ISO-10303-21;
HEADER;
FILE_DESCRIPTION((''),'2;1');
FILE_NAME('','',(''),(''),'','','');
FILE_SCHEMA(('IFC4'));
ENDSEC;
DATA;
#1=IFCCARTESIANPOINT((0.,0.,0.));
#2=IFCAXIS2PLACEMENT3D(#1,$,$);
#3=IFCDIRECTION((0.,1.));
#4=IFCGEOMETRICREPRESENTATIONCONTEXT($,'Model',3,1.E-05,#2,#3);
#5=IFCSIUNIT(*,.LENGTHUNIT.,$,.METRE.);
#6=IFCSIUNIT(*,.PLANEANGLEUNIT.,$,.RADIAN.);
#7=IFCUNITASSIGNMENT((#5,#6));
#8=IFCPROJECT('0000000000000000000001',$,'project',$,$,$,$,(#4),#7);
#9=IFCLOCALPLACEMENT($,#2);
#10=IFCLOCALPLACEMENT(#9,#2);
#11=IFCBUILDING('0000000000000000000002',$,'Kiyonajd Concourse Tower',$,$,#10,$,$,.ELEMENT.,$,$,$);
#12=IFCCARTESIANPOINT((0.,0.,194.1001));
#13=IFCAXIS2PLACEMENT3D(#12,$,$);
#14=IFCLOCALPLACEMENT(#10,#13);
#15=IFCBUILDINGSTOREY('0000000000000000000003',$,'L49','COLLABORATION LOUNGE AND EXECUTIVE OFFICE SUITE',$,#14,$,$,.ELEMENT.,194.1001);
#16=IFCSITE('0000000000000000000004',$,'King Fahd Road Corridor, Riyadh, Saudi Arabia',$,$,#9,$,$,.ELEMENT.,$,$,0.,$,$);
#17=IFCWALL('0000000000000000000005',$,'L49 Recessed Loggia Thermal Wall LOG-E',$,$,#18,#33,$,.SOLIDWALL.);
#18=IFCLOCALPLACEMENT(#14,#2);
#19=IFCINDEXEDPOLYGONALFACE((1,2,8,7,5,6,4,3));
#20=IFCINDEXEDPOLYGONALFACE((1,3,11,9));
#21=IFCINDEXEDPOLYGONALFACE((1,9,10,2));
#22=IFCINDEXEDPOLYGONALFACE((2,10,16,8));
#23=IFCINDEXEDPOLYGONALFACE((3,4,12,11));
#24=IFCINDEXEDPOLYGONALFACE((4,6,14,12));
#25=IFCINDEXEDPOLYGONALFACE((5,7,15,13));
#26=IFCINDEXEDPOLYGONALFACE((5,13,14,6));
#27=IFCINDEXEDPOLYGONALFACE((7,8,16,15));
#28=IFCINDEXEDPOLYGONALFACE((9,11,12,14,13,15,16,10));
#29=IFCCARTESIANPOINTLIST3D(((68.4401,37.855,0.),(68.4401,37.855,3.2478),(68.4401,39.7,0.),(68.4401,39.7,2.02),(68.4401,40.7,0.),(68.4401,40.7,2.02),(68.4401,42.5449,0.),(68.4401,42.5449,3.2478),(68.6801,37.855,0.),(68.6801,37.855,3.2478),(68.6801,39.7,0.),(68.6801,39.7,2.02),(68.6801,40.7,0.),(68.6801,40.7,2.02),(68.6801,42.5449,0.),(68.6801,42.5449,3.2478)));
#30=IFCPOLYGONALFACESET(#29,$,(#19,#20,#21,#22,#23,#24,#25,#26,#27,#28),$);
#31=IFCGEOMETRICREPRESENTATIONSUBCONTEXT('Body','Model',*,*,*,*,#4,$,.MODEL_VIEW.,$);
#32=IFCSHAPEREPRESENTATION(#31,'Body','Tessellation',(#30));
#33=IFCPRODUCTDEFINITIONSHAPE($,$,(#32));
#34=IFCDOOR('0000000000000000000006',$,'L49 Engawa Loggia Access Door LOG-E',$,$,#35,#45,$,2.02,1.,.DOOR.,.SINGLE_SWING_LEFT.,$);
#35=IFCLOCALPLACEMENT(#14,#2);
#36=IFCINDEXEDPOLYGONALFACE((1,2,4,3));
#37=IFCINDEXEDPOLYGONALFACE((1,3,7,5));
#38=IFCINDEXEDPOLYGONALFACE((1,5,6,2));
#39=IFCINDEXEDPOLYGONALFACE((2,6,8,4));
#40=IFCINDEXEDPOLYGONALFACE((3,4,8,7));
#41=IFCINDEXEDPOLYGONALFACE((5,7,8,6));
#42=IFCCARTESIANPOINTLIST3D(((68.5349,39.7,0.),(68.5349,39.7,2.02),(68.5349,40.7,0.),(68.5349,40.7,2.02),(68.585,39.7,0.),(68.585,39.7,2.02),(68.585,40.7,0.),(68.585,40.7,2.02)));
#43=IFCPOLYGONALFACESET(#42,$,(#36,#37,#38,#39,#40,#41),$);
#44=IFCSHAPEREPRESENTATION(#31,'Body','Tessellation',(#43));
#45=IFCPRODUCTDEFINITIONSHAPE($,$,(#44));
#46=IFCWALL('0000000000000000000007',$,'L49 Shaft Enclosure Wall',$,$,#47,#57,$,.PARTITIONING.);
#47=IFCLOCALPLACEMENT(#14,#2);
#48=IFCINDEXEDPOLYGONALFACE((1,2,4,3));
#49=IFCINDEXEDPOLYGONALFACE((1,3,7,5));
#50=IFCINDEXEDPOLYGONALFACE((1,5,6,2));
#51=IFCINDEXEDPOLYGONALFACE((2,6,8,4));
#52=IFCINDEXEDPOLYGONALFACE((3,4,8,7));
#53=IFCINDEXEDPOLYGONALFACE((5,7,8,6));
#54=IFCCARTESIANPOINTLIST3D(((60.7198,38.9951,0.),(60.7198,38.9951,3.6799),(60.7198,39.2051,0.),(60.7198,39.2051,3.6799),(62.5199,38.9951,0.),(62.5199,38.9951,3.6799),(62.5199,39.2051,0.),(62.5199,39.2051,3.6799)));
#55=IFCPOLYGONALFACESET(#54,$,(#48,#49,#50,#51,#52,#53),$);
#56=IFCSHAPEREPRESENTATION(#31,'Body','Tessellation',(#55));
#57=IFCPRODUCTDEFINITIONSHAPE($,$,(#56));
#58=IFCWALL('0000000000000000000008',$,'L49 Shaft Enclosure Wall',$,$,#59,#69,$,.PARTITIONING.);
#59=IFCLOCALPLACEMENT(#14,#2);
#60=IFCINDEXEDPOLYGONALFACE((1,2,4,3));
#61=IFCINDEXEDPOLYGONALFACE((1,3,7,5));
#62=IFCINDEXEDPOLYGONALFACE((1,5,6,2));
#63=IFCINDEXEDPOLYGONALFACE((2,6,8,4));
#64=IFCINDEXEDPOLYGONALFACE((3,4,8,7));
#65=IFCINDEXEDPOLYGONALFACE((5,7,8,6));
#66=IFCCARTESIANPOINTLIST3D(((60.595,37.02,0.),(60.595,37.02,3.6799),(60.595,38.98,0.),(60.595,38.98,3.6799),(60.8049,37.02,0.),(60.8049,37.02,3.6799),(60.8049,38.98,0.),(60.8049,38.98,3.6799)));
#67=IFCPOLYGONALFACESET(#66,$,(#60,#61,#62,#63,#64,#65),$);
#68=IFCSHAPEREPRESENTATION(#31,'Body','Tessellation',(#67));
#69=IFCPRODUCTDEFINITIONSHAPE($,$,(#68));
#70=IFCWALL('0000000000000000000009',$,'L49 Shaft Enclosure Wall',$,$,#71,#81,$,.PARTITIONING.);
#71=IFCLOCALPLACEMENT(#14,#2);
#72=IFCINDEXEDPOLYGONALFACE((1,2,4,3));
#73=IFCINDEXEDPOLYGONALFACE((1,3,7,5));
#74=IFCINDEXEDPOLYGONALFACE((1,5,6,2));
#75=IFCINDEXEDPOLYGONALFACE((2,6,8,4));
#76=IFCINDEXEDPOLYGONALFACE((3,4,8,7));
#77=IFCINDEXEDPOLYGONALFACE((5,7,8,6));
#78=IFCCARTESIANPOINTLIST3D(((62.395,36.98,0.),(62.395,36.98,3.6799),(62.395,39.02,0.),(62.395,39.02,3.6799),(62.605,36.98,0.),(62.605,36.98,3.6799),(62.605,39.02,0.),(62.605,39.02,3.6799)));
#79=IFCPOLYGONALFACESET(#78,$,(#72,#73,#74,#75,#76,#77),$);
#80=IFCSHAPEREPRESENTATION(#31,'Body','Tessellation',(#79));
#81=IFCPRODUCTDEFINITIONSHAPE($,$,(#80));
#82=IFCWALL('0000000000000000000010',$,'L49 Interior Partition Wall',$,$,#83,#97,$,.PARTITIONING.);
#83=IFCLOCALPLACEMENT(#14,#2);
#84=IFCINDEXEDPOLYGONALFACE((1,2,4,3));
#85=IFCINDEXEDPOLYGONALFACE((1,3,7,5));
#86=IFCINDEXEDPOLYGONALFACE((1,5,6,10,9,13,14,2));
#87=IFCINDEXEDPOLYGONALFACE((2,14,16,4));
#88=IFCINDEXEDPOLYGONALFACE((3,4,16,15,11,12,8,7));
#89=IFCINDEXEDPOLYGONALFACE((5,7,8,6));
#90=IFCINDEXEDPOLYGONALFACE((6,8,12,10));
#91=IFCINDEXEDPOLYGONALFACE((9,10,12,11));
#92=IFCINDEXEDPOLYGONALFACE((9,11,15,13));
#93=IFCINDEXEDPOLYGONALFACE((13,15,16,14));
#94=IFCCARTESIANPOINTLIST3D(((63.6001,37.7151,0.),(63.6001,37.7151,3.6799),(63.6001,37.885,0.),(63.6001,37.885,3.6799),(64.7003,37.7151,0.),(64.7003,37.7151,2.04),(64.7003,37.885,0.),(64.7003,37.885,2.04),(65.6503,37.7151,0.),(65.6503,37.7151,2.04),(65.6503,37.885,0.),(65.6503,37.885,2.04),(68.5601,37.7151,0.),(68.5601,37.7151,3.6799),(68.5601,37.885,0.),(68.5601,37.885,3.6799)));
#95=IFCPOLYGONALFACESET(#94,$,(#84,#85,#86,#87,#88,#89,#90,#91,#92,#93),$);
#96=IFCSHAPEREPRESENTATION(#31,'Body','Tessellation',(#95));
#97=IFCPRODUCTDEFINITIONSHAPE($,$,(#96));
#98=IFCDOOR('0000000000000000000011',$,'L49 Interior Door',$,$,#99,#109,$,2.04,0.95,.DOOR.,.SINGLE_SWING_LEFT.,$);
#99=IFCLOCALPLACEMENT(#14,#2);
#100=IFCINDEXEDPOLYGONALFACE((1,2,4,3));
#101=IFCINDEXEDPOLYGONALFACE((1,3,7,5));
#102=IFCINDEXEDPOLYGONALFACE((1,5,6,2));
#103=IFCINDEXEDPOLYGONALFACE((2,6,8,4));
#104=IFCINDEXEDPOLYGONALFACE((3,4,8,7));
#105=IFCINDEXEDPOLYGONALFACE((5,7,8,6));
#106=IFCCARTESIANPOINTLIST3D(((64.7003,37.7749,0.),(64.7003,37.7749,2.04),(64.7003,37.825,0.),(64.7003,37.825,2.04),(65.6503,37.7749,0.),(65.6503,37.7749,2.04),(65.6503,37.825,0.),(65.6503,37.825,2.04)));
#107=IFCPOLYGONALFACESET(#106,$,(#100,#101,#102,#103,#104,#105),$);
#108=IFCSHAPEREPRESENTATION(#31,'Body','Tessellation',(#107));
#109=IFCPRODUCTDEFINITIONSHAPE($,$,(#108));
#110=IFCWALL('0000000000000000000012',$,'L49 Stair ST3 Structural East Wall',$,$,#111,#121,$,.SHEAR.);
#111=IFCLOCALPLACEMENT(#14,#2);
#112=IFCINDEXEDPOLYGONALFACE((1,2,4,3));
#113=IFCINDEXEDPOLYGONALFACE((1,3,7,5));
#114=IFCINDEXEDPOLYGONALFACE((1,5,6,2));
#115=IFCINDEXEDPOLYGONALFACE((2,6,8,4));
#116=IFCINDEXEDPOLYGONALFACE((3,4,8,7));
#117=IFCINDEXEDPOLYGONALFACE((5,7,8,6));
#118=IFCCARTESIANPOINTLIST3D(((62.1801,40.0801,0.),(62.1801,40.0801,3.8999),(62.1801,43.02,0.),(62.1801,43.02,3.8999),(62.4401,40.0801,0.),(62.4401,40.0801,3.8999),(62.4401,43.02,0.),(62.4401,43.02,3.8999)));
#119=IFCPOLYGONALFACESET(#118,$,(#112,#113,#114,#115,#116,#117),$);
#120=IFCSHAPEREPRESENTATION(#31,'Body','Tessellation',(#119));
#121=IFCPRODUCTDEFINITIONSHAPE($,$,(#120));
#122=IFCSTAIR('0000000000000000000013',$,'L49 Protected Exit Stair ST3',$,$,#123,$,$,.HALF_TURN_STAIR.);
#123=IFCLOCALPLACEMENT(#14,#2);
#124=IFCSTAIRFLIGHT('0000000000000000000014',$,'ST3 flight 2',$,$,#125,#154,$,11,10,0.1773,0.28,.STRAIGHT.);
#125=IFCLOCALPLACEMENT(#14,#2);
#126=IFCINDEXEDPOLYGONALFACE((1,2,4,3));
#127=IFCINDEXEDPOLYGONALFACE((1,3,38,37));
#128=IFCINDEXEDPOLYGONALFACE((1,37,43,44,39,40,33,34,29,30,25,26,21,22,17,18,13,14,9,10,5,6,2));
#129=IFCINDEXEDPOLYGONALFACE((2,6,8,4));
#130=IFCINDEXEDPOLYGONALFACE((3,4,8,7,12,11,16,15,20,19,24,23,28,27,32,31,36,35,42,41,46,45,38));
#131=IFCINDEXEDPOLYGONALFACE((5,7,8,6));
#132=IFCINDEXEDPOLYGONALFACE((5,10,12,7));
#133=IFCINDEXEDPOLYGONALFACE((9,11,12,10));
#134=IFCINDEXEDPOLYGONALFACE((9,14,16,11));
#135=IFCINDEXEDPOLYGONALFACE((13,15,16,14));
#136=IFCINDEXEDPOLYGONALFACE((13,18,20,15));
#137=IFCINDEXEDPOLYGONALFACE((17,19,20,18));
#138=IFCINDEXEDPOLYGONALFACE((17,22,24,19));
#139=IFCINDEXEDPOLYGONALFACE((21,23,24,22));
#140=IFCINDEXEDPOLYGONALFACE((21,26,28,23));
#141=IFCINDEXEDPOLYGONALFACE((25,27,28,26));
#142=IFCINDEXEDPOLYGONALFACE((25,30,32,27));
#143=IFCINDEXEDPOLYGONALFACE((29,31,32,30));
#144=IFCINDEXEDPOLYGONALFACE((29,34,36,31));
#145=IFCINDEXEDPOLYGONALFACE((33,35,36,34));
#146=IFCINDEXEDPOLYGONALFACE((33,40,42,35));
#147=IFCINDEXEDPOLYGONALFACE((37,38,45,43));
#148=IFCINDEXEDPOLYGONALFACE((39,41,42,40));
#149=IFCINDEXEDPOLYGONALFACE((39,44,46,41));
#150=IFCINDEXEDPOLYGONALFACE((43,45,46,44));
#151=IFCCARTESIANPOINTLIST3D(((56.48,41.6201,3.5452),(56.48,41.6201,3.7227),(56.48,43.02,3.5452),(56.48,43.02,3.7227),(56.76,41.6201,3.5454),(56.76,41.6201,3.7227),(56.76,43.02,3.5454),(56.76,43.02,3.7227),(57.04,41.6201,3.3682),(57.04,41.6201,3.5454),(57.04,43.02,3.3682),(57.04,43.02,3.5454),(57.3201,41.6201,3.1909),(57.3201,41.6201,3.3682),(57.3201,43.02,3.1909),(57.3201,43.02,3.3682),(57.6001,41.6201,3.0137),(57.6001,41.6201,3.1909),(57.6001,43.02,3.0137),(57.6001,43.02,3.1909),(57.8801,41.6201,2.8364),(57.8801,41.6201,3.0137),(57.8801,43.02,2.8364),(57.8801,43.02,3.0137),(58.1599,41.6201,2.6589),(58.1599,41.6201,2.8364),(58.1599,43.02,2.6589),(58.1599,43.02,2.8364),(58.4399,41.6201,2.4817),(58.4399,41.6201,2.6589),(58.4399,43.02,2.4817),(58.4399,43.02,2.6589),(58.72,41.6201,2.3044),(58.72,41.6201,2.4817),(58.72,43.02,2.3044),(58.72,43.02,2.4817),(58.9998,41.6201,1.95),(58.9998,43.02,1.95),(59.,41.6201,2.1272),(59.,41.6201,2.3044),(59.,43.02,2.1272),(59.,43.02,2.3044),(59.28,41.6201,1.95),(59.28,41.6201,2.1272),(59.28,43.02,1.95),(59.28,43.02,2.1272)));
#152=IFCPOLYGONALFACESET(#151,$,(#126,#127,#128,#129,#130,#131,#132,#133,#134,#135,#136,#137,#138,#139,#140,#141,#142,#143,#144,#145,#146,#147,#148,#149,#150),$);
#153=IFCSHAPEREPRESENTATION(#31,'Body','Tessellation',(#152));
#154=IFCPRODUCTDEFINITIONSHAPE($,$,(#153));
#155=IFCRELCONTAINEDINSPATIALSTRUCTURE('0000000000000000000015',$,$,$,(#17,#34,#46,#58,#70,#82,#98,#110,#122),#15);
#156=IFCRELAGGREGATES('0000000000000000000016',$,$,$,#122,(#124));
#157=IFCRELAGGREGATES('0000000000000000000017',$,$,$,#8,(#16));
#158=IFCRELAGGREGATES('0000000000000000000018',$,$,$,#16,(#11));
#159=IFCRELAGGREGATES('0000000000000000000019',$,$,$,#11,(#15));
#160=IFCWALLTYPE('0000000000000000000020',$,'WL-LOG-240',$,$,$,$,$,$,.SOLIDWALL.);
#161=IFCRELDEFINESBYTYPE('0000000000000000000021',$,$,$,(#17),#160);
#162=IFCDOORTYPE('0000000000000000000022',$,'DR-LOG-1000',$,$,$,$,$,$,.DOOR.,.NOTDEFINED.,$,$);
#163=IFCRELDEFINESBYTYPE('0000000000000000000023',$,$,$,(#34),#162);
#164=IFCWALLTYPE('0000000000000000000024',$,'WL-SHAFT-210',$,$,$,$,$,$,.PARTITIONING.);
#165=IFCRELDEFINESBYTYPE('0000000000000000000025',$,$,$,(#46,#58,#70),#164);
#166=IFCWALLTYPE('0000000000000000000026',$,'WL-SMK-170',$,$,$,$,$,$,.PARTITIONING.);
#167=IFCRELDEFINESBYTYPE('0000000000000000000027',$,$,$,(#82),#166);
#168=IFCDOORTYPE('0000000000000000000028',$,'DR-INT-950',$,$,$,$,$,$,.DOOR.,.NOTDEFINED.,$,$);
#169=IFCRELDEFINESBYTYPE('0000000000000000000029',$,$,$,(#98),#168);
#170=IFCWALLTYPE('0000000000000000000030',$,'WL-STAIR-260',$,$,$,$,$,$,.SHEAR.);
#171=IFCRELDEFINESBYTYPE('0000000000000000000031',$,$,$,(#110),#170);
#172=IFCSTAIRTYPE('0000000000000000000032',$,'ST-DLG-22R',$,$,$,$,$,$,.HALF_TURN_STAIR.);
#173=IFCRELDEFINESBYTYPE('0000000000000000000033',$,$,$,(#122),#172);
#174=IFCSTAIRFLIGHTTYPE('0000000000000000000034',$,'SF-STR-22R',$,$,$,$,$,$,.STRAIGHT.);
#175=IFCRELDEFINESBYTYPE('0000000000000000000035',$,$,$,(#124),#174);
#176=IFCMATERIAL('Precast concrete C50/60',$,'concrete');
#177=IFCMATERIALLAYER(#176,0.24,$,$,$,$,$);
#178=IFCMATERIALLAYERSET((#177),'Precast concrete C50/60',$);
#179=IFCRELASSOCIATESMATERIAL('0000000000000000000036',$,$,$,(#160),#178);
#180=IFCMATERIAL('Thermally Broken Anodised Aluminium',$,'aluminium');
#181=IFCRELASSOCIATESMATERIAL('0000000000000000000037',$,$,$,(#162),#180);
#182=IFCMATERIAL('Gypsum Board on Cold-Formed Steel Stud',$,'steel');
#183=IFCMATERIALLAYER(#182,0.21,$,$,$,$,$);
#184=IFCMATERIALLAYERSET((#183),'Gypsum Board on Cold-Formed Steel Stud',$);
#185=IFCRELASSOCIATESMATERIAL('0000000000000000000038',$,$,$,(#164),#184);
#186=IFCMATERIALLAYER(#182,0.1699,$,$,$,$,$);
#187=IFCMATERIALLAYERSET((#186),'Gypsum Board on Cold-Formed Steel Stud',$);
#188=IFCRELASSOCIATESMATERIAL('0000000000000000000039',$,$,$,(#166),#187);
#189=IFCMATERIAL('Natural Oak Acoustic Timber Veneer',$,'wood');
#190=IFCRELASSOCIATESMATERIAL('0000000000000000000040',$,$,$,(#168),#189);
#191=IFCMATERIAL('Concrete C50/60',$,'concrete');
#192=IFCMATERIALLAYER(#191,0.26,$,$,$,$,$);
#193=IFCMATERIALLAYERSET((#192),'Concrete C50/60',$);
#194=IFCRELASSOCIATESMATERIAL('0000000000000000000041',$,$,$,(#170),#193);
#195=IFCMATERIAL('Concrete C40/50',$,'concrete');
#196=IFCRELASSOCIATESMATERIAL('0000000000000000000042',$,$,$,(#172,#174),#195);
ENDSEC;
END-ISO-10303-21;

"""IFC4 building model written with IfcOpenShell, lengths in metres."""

from ifc_helpers import new_model, si_unit, direction, frame, frame_2d, origin, place, context, subcontext, project, spatial, polyline, rectangle, outline, extrude, material, layer, layer_set, type_object, element, fill, aggregate, save


model = new_model("IFC4")

# Units and contexts
model_context = context("Model", 3, precision=1e-05, world=origin(), true_north=direction((0.0, 1.0)))
body_context = subcontext(model_context, "Body", "Model", "MODEL_VIEW")
ifc_project = project(units=[si_unit("LENGTHUNIT", "METRE"), si_unit("PLANEANGLEUNIT", "RADIAN")], contexts=[model_context])

# Site, building, storey
site_placement = place(None, origin())
site = spatial("IfcSite", under=ifc_project, at=site_placement, Name="King Fahd Road Corridor, Riyadh, Saudi Arabia", CompositionType="ELEMENT", RefElevation=0.0)
building_placement = place(site_placement, origin())
building = spatial("IfcBuilding", under=site, at=building_placement, Name="Kiyonajd Concourse Tower", CompositionType="ELEMENT")
storey_placement = place(building_placement, frame((0.0, 0.0, 194.1001)))
storey = spatial("IfcBuildingStorey", under=building, at=storey_placement, Name="L49", Description="COLLABORATION LOUNGE AND EXECUTIVE OFFICE SUITE", CompositionType="ELEMENT", Elevation=194.1001)

# Shared definitions
ifc_material_1 = material(Name="Thermally Broken Anodised Aluminium", Category="aluminium")

# Shared definitions
ifc_material_2 = material(Name="Precast concrete C50/60", Category="concrete")

# Wall, opening, door
ifc_layer_1 = layer(ifc_material_2, 0.24)
ifc_layer_set_1 = layer_set([ifc_layer_1], Name="Precast concrete C50/60")
wall_type_1 = type_object("IfcWallType", Name="WL-LOG-240", PredefinedType="SOLIDWALL", material=ifc_layer_set_1)
wall_1_placement = place(storey_placement, frame((68.5601, 42.5449, 0.0), z_axis=(0.0, 0.0, 1.0), x_axis=(0.0, -1.0, 0.0)))
wall_1 = element("IfcWall", 1, at=wall_1_placement, inside=storey, type_object=wall_type_1, Name="L49 Recessed Loggia Thermal Wall LOG-E", PredefinedType="SOLIDWALL", context=body_context, shape_type="SweptSolid", body=[
    extrude(rectangle(XDim=4.6899, YDim=0.24, at=frame_2d((2.345, 0.0))), origin(), (0.0, 0.0, 1.0), 3.2478),
])
opening_1_placement = place(wall_1_placement, frame((1.845, 0.0, 0.0)))
opening_1 = element("IfcOpeningElement", 2, at=opening_1_placement, cuts=wall_1, PredefinedType="OPENING", context=body_context, shape_type="SweptSolid", body=[
    extrude(rectangle(XDim=1.0, YDim=2.02, at=frame_2d((0.5, 1.01))), frame((0.0, 0.1299, 0.0), z_axis=(0.0, -1.0, 0.0), x_axis=(1.0, 0.0, 0.0)), (0.0, 0.0, 1.0), 0.26),
])
door_type_1 = type_object("IfcDoorType", Name="DR-LOG-1000", OperationType="NOTDEFINED", PredefinedType="DOOR", material=ifc_material_1)
door_1_placement = place(opening_1_placement, origin())
door_1 = element("IfcDoor", 3, at=door_1_placement, inside=storey, type_object=door_type_1, Name="L49 Engawa Loggia Access Door LOG-E", OperationType="SINGLE_SWING_LEFT", OverallHeight=2.02, OverallWidth=1.0, PredefinedType="DOOR", context=body_context, shape_type="SweptSolid", body=[
    extrude(rectangle(XDim=1.0, YDim=2.02, at=frame_2d((0.5, 1.01))), frame((0.0, 0.0249, 0.0), z_axis=(0.0, -1.0, 0.0), x_axis=(1.0, 0.0, 0.0)), (0.0, 0.0, 1.0), 0.05),
])
fill(opening_1, door_1)

# Walls
ifc_material_3 = material(Name="Gypsum Board on Cold-Formed Steel Stud", Category="steel")
ifc_layer_2 = layer(ifc_material_3, 0.21)
ifc_layer_set_2 = layer_set([ifc_layer_2], Name="Gypsum Board on Cold-Formed Steel Stud")
wall_type_2 = type_object("IfcWallType", Name="WL-SHAFT-210", PredefinedType="PARTITIONING", material=ifc_layer_set_2)
wall_2_placement = place(storey_placement, frame((60.72, 39.1001, 0.0), z_axis=(0.0, 0.0, 1.0), x_axis=(1.0, 0.0, 0.0)))
element("IfcWall", 4, at=wall_2_placement, inside=storey, type_object=wall_type_2, Name="L49 Shaft Enclosure Wall", PredefinedType="PARTITIONING", context=body_context, shape_type="SweptSolid", body=[
    extrude(rectangle(XDim=1.8, YDim=0.21, at=frame_2d((0.8999, 0.0))), origin(), (0.0, 0.0, 1.0), 3.6799),
])
wall_3_placement = place(storey_placement, frame((60.7, 37.02, 0.0), z_axis=(0.0, 0.0, 1.0), x_axis=(0.0, 1.0, 0.0)))
element("IfcWall", 5, at=wall_3_placement, inside=storey, type_object=wall_type_2, Name="L49 Shaft Enclosure Wall", PredefinedType="PARTITIONING", context=body_context, shape_type="SweptSolid", body=[
    extrude(rectangle(XDim=1.96, YDim=0.21, at=frame_2d((0.98, 0.0))), origin(), (0.0, 0.0, 1.0), 3.6799),
])
wall_4_placement = place(storey_placement, frame((62.5, 36.98, 0.0), z_axis=(0.0, 0.0, 1.0), x_axis=(0.0, 1.0, 0.0)))
element("IfcWall", 6, at=wall_4_placement, inside=storey, type_object=wall_type_2, Name="L49 Shaft Enclosure Wall", PredefinedType="PARTITIONING", context=body_context, shape_type="SweptSolid", body=[
    extrude(rectangle(XDim=2.04, YDim=0.21, at=frame_2d((1.02, 0.0))), origin(), (0.0, 0.0, 1.0), 3.6799),
])

# Wall, opening, door
ifc_layer_3 = layer(ifc_material_3, 0.1699)
ifc_layer_set_3 = layer_set([ifc_layer_3], Name="Gypsum Board on Cold-Formed Steel Stud")
wall_type_3 = type_object("IfcWallType", Name="WL-SMK-170", PredefinedType="PARTITIONING", material=ifc_layer_set_3)
wall_5_placement = place(storey_placement, frame((63.6001, 37.8, 0.0), z_axis=(0.0, 0.0, 1.0), x_axis=(1.0, 0.0, 0.0)))
wall_5 = element("IfcWall", 7, at=wall_5_placement, inside=storey, type_object=wall_type_3, Name="L49 Interior Partition Wall", PredefinedType="PARTITIONING", context=body_context, shape_type="SweptSolid", body=[
    extrude(rectangle(XDim=4.96, YDim=0.1699, at=frame_2d((2.48, 0.0))), origin(), (0.0, 0.0, 1.0), 3.6799),
])
opening_2_placement = place(wall_5_placement, frame((1.1001, 0.0, 0.0)))
opening_2 = element("IfcOpeningElement", 8, at=opening_2_placement, cuts=wall_5, PredefinedType="OPENING", context=body_context, shape_type="SweptSolid", body=[
    extrude(rectangle(XDim=0.95, YDim=2.04, at=frame_2d((0.4751, 1.02))), frame((0.0, 0.095, 0.0), z_axis=(0.0, -1.0, 0.0), x_axis=(1.0, 0.0, 0.0)), (0.0, 0.0, 1.0), 0.1899),
])
ifc_material_4 = material(Name="Natural Oak Acoustic Timber Veneer", Category="wood")
door_type_2 = type_object("IfcDoorType", Name="DR-INT-950", OperationType="NOTDEFINED", PredefinedType="DOOR", material=ifc_material_4)
door_2_placement = place(opening_2_placement, origin())
door_2 = element("IfcDoor", 9, at=door_2_placement, inside=storey, type_object=door_type_2, Name="L49 Interior Door", OperationType="SINGLE_SWING_LEFT", OverallHeight=2.04, OverallWidth=0.95, PredefinedType="DOOR", context=body_context, shape_type="SweptSolid", body=[
    extrude(rectangle(XDim=0.95, YDim=2.04, at=frame_2d((0.4751, 1.02))), frame((0.0, 0.0249, 0.0), z_axis=(0.0, -1.0, 0.0), x_axis=(1.0, 0.0, 0.0)), (0.0, 0.0, 1.0), 0.05),
])
fill(opening_2, door_2)

# Wall
ifc_material_5 = material(Name="Concrete C50/60", Category="concrete")
ifc_layer_4 = layer(ifc_material_5, 0.26)
ifc_layer_set_4 = layer_set([ifc_layer_4], Name="Concrete C50/60")
wall_type_4 = type_object("IfcWallType", Name="WL-STAIR-260", PredefinedType="SHEAR", material=ifc_layer_set_4)
wall_6_placement = place(storey_placement, frame((62.3101, 40.0801, 0.0), z_axis=(0.0, 0.0, 1.0), x_axis=(0.0, 1.0, 0.0)))
element("IfcWall", 10, at=wall_6_placement, inside=storey, type_object=wall_type_4, Name="L49 Stair ST3 Structural East Wall", PredefinedType="SHEAR", context=body_context, shape_type="SweptSolid", body=[
    extrude(rectangle(XDim=2.9399, YDim=0.26, at=frame_2d((1.47, 0.0))), origin(), (0.0, 0.0, 1.0), 3.8999),
])

# Stair, stair flight
ifc_material_6 = material(Name="Concrete C40/50", Category="concrete")
stair_type = type_object("IfcStairType", Name="ST-DLG-22R", PredefinedType="HALF_TURN_STAIR", material=ifc_material_6)
stair_placement = place(storey_placement, origin())
stair = element("IfcStair", 11, at=stair_placement, inside=storey, type_object=stair_type, Name="L49 Protected Exit Stair ST3", PredefinedType="HALF_TURN_STAIR")
stair_flight_type = type_object("IfcStairFlightType", Name="SF-STR-22R", PredefinedType="STRAIGHT", material=ifc_material_6)
stair_flight_placement = place(storey_placement, frame((59.28, 42.3201, 1.95), z_axis=(0.0, 0.0, 1.0), x_axis=(-1.0, 0.0, 0.0)))
stair_flight = element("IfcStairFlight", 12, at=stair_flight_placement, type_object=stair_flight_type, Name="ST3 flight 2", NumberOfRisers=11, NumberOfTreads=10, PredefinedType="STRAIGHT", RiserHeight=0.1773, TreadLength=0.28, context=body_context, shape_type="SweptSolid", body=[
    extrude(outline(polyline([(0.0, 0.0), (0.0, 0.1772), (0.28, 0.1772), (0.28, 0.3545), (0.5601, 0.3545), (0.5601, 0.5317), (0.8401, 0.5317), (0.8401, 0.709), (1.1201, 0.709), (1.1201, 0.8865), (1.3999, 0.8865), (1.3999, 1.0637), (1.6799, 1.0637), (1.6799, 1.241), (1.96, 1.241), (1.96, 1.4182), (2.24, 1.4182), (2.24, 1.5955), (2.52, 1.5955), (2.52, 1.7727), (2.8, 1.7727), (2.8, 1.95), (2.8, 1.5952), (0.2803, 0.0), (0.0, 0.0)])), frame((0.0, 0.7, 0.0), z_axis=(0.0, -1.0, 0.0), x_axis=(1.0, 0.0, 0.0)), (0.0, 0.0, 1.0), 1.3999),
])
aggregate(stair, [stair_flight])

save(model, "model.ifc")
